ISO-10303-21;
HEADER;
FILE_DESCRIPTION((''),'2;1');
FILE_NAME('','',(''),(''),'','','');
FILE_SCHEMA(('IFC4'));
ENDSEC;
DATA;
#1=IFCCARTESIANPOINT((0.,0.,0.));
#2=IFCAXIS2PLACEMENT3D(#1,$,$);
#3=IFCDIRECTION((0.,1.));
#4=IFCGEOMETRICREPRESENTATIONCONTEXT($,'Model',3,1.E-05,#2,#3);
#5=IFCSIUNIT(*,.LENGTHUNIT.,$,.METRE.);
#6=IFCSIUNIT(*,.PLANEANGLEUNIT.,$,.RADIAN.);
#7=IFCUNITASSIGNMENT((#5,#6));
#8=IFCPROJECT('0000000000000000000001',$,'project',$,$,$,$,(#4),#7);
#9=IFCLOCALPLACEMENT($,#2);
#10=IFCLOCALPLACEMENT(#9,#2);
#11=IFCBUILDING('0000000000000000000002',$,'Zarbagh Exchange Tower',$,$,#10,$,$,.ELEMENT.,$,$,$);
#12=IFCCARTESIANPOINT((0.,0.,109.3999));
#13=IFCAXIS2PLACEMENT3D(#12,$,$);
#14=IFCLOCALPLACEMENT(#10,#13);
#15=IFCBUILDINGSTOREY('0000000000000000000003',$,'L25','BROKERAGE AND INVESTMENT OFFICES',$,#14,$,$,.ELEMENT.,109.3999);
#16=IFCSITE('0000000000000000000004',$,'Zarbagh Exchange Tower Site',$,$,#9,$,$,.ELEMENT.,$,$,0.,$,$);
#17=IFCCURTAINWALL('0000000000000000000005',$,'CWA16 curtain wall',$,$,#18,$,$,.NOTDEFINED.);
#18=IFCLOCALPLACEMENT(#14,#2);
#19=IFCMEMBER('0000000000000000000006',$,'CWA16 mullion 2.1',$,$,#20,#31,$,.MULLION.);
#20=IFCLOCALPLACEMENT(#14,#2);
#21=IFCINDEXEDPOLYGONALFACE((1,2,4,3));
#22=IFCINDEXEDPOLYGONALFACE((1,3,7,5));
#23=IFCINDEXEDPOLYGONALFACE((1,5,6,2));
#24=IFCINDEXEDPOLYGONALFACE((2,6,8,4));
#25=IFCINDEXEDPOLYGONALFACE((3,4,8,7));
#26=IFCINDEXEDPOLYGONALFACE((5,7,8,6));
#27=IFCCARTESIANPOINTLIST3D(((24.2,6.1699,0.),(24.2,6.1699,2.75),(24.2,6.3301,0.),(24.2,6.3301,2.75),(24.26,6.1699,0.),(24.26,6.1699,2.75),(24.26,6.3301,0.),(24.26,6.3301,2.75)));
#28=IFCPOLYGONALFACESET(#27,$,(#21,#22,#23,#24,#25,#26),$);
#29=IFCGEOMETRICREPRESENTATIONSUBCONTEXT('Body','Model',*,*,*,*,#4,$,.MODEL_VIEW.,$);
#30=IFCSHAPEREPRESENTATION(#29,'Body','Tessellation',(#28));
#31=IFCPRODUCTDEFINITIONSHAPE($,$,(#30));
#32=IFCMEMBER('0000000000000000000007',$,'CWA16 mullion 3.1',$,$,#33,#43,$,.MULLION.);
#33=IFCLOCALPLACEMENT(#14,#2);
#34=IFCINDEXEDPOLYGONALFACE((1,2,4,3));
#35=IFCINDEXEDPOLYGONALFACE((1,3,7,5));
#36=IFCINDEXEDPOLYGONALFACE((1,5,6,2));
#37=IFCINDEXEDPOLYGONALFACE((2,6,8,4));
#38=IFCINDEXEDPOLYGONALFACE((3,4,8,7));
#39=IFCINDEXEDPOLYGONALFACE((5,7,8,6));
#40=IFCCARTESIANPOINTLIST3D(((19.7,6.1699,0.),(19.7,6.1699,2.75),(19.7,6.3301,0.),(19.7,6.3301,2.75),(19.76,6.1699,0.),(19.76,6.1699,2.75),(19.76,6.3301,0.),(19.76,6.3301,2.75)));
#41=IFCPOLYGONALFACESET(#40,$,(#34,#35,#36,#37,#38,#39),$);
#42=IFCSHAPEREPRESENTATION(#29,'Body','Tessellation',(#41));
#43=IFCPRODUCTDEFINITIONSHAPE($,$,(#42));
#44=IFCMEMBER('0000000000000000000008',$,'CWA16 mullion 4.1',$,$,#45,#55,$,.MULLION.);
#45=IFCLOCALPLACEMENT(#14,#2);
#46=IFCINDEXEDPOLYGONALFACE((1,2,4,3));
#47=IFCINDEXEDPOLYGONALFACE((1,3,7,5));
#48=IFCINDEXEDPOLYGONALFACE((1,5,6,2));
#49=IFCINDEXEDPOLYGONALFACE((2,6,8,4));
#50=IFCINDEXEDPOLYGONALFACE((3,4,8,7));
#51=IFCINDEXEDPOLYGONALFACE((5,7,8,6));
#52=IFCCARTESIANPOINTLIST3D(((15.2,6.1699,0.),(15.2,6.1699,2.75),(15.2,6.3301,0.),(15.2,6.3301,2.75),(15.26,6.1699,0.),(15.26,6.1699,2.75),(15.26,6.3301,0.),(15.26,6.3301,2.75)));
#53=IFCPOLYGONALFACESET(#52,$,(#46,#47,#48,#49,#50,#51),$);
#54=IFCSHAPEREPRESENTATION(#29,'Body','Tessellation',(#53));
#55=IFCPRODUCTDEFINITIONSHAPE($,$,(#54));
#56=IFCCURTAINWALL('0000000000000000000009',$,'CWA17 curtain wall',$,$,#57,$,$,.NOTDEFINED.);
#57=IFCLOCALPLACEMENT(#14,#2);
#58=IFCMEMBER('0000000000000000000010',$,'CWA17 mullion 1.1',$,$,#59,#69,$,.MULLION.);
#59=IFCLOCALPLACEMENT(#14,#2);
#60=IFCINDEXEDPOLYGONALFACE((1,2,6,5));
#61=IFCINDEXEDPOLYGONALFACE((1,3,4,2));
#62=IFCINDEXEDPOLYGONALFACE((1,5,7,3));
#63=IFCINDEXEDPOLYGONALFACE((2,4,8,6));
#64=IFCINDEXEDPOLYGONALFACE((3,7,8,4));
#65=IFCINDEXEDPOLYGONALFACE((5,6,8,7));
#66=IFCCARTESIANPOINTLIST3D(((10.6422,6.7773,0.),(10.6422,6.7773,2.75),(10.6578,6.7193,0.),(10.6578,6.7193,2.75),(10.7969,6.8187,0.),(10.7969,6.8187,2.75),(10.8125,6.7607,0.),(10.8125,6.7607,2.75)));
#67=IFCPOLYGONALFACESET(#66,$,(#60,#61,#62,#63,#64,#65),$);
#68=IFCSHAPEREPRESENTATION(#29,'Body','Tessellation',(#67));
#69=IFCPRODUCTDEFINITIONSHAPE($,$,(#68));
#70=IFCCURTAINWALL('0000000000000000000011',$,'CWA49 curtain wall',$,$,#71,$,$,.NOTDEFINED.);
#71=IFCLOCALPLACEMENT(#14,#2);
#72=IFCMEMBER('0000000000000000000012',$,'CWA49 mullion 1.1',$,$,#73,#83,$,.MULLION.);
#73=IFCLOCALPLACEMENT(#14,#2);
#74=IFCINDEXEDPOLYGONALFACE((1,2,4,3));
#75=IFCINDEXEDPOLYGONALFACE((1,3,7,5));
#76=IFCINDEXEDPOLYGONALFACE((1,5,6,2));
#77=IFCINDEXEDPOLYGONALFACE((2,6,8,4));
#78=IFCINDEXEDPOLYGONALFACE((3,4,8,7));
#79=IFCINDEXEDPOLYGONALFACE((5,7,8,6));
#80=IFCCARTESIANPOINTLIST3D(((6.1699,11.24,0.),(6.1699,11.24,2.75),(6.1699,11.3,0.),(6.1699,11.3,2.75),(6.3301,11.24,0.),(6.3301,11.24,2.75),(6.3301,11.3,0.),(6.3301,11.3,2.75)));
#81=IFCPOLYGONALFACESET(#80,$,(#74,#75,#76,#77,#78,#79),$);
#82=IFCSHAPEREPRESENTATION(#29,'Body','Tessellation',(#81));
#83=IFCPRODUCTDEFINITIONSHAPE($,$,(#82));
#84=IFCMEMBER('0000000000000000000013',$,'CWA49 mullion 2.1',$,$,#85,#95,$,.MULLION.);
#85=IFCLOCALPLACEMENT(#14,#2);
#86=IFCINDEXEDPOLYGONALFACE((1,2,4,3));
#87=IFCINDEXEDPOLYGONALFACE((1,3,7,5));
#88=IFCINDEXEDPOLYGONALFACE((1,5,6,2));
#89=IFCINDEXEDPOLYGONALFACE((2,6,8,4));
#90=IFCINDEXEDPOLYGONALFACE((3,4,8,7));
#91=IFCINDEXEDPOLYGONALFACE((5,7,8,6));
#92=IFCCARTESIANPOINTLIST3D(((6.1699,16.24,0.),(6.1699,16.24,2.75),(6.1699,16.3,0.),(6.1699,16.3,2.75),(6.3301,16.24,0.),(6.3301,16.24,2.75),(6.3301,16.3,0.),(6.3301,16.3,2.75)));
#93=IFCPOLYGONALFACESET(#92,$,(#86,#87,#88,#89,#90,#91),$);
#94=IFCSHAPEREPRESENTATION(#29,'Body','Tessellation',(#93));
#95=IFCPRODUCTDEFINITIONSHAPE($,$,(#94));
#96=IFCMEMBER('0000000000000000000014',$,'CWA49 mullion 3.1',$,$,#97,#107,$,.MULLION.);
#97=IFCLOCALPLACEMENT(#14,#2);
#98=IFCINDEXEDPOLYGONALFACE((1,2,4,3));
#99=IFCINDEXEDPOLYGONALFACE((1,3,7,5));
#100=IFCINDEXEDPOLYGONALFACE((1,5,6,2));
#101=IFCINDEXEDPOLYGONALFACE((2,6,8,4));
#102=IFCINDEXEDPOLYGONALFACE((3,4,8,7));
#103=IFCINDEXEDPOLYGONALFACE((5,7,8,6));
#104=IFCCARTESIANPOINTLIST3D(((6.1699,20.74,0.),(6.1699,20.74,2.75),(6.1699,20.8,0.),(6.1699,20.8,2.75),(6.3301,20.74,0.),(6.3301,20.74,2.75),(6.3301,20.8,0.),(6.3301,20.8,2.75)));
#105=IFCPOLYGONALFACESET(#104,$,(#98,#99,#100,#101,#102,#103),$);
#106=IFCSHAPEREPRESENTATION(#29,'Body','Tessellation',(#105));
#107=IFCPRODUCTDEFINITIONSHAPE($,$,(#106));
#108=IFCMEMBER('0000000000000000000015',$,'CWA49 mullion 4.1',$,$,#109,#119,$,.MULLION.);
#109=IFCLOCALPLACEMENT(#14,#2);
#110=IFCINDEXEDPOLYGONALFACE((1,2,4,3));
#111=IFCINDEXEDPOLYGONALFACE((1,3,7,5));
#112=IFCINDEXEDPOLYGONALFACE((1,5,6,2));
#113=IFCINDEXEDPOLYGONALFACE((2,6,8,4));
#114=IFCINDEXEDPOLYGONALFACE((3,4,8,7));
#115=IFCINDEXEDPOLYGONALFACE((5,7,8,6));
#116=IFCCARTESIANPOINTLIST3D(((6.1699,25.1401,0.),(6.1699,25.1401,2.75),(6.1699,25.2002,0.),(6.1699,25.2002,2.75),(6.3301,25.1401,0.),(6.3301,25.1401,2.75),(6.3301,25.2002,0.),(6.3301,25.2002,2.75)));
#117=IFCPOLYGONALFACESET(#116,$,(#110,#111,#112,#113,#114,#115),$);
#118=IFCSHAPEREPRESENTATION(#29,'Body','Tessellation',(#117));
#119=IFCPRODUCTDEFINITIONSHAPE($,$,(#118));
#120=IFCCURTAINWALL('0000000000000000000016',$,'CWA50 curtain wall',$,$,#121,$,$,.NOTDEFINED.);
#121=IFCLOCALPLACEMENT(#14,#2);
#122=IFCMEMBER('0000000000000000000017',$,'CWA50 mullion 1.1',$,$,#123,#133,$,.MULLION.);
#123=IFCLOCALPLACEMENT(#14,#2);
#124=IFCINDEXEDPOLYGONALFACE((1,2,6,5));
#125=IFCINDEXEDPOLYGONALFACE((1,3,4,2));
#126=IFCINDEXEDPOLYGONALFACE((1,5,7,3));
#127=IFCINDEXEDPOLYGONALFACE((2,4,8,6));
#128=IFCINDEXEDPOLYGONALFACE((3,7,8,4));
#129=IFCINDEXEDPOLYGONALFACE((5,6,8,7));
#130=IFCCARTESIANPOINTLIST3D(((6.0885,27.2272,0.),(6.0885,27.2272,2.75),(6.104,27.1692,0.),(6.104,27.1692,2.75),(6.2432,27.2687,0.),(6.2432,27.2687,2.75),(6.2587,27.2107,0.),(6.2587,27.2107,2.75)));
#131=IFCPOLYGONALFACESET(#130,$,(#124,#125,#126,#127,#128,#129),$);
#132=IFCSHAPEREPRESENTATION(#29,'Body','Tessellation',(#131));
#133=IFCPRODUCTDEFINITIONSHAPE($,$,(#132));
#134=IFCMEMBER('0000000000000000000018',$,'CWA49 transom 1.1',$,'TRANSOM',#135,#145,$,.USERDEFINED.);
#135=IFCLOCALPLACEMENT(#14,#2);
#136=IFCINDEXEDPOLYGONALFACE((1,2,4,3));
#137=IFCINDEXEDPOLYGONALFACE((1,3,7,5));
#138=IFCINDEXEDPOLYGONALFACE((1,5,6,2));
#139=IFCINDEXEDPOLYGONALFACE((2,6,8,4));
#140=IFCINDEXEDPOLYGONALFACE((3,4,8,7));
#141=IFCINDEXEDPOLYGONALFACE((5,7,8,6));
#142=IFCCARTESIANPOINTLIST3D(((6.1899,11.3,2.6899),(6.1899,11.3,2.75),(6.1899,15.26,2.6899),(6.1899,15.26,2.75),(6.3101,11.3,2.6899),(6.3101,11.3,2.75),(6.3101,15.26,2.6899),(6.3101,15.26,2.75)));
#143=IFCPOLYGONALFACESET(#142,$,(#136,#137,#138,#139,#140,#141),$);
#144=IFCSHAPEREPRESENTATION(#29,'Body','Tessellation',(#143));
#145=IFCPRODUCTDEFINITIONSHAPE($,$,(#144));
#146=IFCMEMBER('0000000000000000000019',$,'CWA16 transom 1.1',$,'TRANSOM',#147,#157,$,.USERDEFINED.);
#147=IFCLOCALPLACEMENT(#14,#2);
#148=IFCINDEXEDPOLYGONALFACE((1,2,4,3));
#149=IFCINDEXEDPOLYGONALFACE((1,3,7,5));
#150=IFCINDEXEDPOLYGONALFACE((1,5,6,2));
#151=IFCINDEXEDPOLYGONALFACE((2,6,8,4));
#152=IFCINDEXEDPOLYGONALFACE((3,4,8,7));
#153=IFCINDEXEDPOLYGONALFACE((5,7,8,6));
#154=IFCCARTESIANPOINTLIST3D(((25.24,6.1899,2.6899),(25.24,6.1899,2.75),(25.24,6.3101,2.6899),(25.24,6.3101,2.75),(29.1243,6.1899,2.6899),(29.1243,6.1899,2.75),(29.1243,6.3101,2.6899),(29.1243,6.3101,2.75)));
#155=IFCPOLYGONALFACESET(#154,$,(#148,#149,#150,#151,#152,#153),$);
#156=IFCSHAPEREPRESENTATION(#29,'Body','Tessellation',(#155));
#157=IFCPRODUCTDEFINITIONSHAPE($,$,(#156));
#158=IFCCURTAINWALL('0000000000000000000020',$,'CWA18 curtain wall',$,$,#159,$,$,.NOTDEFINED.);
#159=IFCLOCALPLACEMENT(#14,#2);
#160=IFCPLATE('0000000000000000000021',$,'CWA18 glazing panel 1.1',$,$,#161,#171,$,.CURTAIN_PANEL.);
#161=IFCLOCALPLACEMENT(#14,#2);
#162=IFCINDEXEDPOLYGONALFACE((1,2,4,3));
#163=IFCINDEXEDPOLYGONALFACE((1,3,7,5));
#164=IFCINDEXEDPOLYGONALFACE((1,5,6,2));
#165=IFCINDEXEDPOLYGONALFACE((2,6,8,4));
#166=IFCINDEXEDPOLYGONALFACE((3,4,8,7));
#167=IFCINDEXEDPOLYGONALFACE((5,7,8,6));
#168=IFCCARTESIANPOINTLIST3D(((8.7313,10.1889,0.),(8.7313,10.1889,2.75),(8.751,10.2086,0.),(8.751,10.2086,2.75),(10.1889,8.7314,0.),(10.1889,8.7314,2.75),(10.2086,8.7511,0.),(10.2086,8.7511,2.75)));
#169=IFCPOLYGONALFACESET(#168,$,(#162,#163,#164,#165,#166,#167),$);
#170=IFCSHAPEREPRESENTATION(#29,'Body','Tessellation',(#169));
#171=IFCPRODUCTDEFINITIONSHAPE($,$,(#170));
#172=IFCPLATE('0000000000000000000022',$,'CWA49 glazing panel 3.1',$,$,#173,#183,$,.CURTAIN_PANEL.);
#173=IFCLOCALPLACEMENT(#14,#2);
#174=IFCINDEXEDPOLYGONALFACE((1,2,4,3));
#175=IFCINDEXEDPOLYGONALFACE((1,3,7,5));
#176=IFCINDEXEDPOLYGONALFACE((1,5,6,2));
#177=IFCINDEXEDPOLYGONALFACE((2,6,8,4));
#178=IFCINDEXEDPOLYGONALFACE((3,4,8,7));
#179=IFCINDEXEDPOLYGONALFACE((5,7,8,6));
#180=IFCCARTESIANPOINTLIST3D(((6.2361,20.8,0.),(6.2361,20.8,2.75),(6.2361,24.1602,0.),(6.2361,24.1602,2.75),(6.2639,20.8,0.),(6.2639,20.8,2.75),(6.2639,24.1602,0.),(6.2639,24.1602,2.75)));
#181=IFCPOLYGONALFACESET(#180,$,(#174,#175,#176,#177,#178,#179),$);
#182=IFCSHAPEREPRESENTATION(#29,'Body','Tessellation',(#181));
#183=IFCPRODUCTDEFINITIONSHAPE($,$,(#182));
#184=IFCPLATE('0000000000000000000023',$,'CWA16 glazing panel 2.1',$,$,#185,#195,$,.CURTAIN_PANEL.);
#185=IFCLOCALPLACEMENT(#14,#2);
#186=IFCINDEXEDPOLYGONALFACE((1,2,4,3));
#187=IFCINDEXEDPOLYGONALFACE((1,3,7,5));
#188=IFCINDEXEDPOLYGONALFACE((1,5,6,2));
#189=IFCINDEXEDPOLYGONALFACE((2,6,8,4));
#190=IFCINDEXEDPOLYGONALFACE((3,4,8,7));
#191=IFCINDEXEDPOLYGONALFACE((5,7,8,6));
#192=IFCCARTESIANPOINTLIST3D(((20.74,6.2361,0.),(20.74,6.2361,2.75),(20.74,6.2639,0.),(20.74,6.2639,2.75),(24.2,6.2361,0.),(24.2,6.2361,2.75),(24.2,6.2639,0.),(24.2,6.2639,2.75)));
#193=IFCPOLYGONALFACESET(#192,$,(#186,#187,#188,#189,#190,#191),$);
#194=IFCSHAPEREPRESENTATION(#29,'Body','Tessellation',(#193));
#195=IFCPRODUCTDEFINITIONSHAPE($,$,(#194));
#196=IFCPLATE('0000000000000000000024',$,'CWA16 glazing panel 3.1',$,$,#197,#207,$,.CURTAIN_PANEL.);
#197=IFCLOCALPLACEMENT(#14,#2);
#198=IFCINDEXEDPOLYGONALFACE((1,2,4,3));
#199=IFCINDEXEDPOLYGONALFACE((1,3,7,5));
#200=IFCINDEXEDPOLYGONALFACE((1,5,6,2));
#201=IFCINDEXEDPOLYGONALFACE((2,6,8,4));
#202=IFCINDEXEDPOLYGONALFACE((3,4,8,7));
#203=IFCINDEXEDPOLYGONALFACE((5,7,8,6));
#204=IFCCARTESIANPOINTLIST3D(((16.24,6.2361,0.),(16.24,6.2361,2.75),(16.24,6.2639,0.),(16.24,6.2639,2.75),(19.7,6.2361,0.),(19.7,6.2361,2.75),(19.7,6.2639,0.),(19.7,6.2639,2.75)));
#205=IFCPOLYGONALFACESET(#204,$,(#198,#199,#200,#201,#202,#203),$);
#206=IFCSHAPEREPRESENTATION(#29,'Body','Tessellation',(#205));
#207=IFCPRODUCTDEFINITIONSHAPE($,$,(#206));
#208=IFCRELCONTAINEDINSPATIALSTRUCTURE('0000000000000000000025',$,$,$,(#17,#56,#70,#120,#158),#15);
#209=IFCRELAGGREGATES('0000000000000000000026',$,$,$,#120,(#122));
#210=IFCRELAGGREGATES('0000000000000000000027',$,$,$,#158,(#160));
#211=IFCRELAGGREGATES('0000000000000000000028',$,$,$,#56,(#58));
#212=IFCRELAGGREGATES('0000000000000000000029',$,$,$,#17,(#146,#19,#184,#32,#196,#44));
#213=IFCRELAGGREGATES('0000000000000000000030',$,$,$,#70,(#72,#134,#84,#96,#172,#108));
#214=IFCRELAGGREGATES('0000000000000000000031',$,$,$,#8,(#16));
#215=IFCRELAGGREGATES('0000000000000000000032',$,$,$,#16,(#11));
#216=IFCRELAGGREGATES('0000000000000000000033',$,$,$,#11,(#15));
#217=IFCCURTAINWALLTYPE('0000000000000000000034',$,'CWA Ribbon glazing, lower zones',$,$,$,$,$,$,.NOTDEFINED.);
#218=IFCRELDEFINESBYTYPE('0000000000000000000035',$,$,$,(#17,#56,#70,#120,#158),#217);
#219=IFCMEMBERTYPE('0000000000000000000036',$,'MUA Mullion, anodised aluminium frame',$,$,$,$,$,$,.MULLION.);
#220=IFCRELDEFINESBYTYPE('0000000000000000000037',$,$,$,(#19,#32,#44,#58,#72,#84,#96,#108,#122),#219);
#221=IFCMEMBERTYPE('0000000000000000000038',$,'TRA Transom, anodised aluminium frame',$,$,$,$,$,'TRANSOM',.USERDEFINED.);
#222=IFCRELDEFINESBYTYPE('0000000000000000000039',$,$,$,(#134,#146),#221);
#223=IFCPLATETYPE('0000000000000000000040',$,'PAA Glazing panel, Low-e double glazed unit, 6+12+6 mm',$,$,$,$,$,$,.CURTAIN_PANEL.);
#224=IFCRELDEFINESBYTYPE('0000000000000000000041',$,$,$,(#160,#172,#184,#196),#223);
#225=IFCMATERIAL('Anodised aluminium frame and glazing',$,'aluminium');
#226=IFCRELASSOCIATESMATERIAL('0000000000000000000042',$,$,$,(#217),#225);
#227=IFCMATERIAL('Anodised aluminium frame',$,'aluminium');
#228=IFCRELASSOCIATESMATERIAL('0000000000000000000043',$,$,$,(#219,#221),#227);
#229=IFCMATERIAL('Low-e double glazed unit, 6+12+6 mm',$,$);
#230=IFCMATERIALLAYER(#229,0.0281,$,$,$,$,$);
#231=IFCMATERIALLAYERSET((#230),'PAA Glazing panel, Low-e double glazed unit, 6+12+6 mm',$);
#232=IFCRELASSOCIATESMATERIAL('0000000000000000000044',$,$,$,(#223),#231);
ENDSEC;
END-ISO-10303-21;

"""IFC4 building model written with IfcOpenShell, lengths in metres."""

from ifc_helpers import new_model, si_unit, direction, frame, origin, place, context, subcontext, project, spatial, polyline, outline, extrude, source, transform, mapped, material, layer, layer_set, type_object, element, aggregate, save


model = new_model("IFC4")

# Units and contexts
model_context = context("Model", 3, precision=1e-05, world=origin(), true_north=direction((0.0, 1.0)))
body_context = subcontext(model_context, "Body", "Model", "MODEL_VIEW")
ifc_project = project(units=[si_unit("LENGTHUNIT", "METRE"), si_unit("PLANEANGLEUNIT", "RADIAN")], contexts=[model_context])

# Site, building, storey
site_placement = place(None, origin())
site = spatial("IfcSite", under=ifc_project, at=site_placement, Name="Zarbagh Exchange Tower Site", CompositionType="ELEMENT", RefElevation=0.0)
building_placement = place(site_placement, origin())
building = spatial("IfcBuilding", under=site, at=building_placement, Name="Zarbagh Exchange Tower", CompositionType="ELEMENT")
storey_placement = place(building_placement, frame((0.0, 0.0, 109.3999)))
storey = spatial("IfcBuildingStorey", under=building, at=storey_placement, Name="L25", Description="BROKERAGE AND INVESTMENT OFFICES", CompositionType="ELEMENT", Elevation=109.3999)

# Curtain wall, members
ifc_material_1 = material(Name="Anodised aluminium frame and glazing", Category="aluminium")
curtain_wall_type = type_object("IfcCurtainWallType", Name="CWA Ribbon glazing, lower zones", PredefinedType="NOTDEFINED", material=ifc_material_1)
curtain_wall_1_placement = place(storey_placement, origin())
curtain_wall_1 = element("IfcCurtainWall", 1, at=curtain_wall_1_placement, inside=storey, type_object=curtain_wall_type, Name="CWA16 curtain wall", PredefinedType="NOTDEFINED")
ifc_material_2 = material(Name="Anodised aluminium frame", Category="aluminium")
member_type_1 = type_object("IfcMemberType", Name="MUA Mullion, anodised aluminium frame", PredefinedType="MULLION", material=ifc_material_2)
shared_shape_1 = source(origin(), body_context, "Body", "SweptSolid", [
    extrude(outline(polyline([(0.0, -0.0801), (0.0601, -0.0801), (0.0601, 0.0801), (0.0, 0.0801), (0.0, -0.0801)])), origin(), (0.0, 0.0, 1.0), 2.75),
])
placement = place(storey_placement, origin())
member_1 = element("IfcMember", 2, at=placement, type_object=member_type_1, Name="CWA16 mullion 2.1", PredefinedType="MULLION", context=body_context, shape_type="MappedRepresentation", body=[
    mapped(shared_shape_1, transform((24.26, 6.25, 0.0), x_axis=(-1.0, 0.0, 0.0), y_axis=(0.0, -1.0, 0.0), z_axis=(0.0, 0.0, 1.0))),
])
member_2 = element("IfcMember", 3, at=placement, type_object=member_type_1, Name="CWA16 mullion 3.1", PredefinedType="MULLION", context=body_context, shape_type="MappedRepresentation", body=[
    mapped(shared_shape_1, transform((19.76, 6.25, 0.0), x_axis=(-1.0, 0.0, 0.0), y_axis=(0.0, -1.0, 0.0), z_axis=(0.0, 0.0, 1.0))),
])
member_3 = element("IfcMember", 4, at=placement, type_object=member_type_1, Name="CWA16 mullion 4.1", PredefinedType="MULLION", context=body_context, shape_type="MappedRepresentation", body=[
    mapped(shared_shape_1, transform((15.26, 6.25, 0.0), x_axis=(-1.0, 0.0, 0.0), y_axis=(0.0, -1.0, 0.0), z_axis=(0.0, 0.0, 1.0))),
])

# Curtain wall, member
curtain_wall_2_placement = place(storey_placement, origin())
curtain_wall_2 = element("IfcCurtainWall", 5, at=curtain_wall_2_placement, inside=storey, type_object=curtain_wall_type, Name="CWA17 curtain wall", PredefinedType="NOTDEFINED")
member_4 = element("IfcMember", 6, at=placement, type_object=member_type_1, Name="CWA17 mullion 1.1", PredefinedType="MULLION", context=body_context, shape_type="MappedRepresentation", body=[
    mapped(shared_shape_1, transform((10.7351, 6.74, 0.0), x_axis=(-0.258825, 0.965924, 0.0), y_axis=(-0.965924, -0.258825, 0.0), z_axis=(0.0, 0.0, 1.0))),
])

# Curtain wall, members
curtain_wall_3_placement = place(storey_placement, origin())
curtain_wall_3 = element("IfcCurtainWall", 7, at=curtain_wall_3_placement, inside=storey, type_object=curtain_wall_type, Name="CWA49 curtain wall", PredefinedType="NOTDEFINED")
member_5 = element("IfcMember", 8, at=placement, type_object=member_type_1, Name="CWA49 mullion 1.1", PredefinedType="MULLION", context=body_context, shape_type="MappedRepresentation", body=[
    mapped(shared_shape_1, transform((6.25, 11.24, 0.0), x_axis=(0.0, 1.0, 0.0), y_axis=(-1.0, 0.0, 0.0), z_axis=(0.0, 0.0, 1.0))),
])
member_6 = element("IfcMember", 9, at=placement, type_object=member_type_1, Name="CWA49 mullion 2.1", PredefinedType="MULLION", context=body_context, shape_type="MappedRepresentation", body=[
    mapped(shared_shape_1, transform((6.25, 16.24, 0.0), x_axis=(0.0, 1.0, 0.0), y_axis=(-1.0, 0.0, 0.0), z_axis=(0.0, 0.0, 1.0))),
])
member_7 = element("IfcMember", 10, at=placement, type_object=member_type_1, Name="CWA49 mullion 3.1", PredefinedType="MULLION", context=body_context, shape_type="MappedRepresentation", body=[
    mapped(shared_shape_1, transform((6.25, 20.74, 0.0), x_axis=(0.0, 1.0, 0.0), y_axis=(-1.0, 0.0, 0.0), z_axis=(0.0, 0.0, 1.0))),
])
member_8 = element("IfcMember", 11, at=placement, type_object=member_type_1, Name="CWA49 mullion 4.1", PredefinedType="MULLION", context=body_context, shape_type="MappedRepresentation", body=[
    mapped(shared_shape_1, transform((6.25, 25.1401, 0.0), x_axis=(0.0, 1.0, 0.0), y_axis=(-1.0, 0.0, 0.0), z_axis=(0.0, 0.0, 1.0))),
])

# Curtain wall, member
curtain_wall_4_placement = place(storey_placement, origin())
curtain_wall_4 = element("IfcCurtainWall", 12, at=curtain_wall_4_placement, inside=storey, type_object=curtain_wall_type, Name="CWA50 curtain wall", PredefinedType="NOTDEFINED")
member_9 = element("IfcMember", 13, at=placement, type_object=member_type_1, Name="CWA50 mullion 1.1", PredefinedType="MULLION", context=body_context, shape_type="MappedRepresentation", body=[
    mapped(shared_shape_1, transform((6.1814, 27.1899, 0.0), x_axis=(-0.258825, 0.965924, 0.0), y_axis=(-0.965924, -0.258825, 0.0), z_axis=(0.0, 0.0, 1.0))),
])
aggregate(curtain_wall_4, [member_9])

# Members
member_type_2 = type_object("IfcMemberType", Name="TRA Transom, anodised aluminium frame", ElementType="TRANSOM", PredefinedType="USERDEFINED", material=ifc_material_2)
shared_shape_2 = source(origin(), body_context, "Body", "SweptSolid", [
    extrude(outline(polyline([(-0.0601, -0.0601), (0.0, -0.0601), (0.0, 0.0601), (-0.0601, 0.0601), (-0.0601, -0.0601)])), origin(), (0.0, 0.0, 1.0), 3.96),
])
member_10 = element("IfcMember", 14, at=placement, type_object=member_type_2, Name="CWA49 transom 1.1", ObjectType="TRANSOM", PredefinedType="USERDEFINED", context=body_context, shape_type="MappedRepresentation", body=[
    mapped(shared_shape_2, transform((6.25, 11.3, 2.75), x_axis=(0.0, 0.0, 1.0), y_axis=(1.0, 0.0, 0.0), z_axis=(0.0, 1.0, 0.0))),
])
shared_shape_3 = source(origin(), body_context, "Body", "SweptSolid", [
    extrude(outline(polyline([(-0.0601, -0.0601), (0.0, -0.0601), (0.0, 0.0601), (-0.0601, 0.0601), (-0.0601, -0.0601)])), origin(), (0.0, 0.0, 1.0), 3.8843),
])
member_11 = element("IfcMember", 15, at=placement, type_object=member_type_2, Name="CWA16 transom 1.1", ObjectType="TRANSOM", PredefinedType="USERDEFINED", context=body_context, shape_type="MappedRepresentation", body=[
    mapped(shared_shape_3, transform((29.1243, 6.25, 2.75), x_axis=(0.0, 0.0, 1.0), y_axis=(0.0, 1.0, 0.0), z_axis=(-1.0, 0.0, 0.0))),
])

# Curtain wall, plate
curtain_wall_5_placement = place(storey_placement, origin())
curtain_wall_5 = element("IfcCurtainWall", 16, at=curtain_wall_5_placement, inside=storey, type_object=curtain_wall_type, Name="CWA18 curtain wall", PredefinedType="NOTDEFINED")
ifc_material_3 = material(Name="Low-e double glazed unit, 6+12+6 mm")
ifc_layer_1 = layer(ifc_material_3, 0.0281)
ifc_layer_set_1 = layer_set([ifc_layer_1], Name="PAA Glazing panel, Low-e double glazed unit, 6+12+6 mm")
plate_type = type_object("IfcPlateType", Name="PAA Glazing panel, Low-e double glazed unit, 6+12+6 mm", PredefinedType="CURTAIN_PANEL", material=ifc_layer_set_1)
shared_shape_4 = source(origin(), body_context, "Body", "SweptSolid", [
    extrude(outline(polyline([(0.0, -0.0139), (2.0613, -0.0139), (2.0613, 0.0139), (0.0, 0.0139), (0.0, -0.0139)])), origin(), (0.0, 0.0, 1.0), 2.75),
])
plate_1 = element("IfcPlate", 17, at=placement, type_object=plate_type, Name="CWA18 glazing panel 1.1", PredefinedType="CURTAIN_PANEL", context=body_context, shape_type="MappedRepresentation", body=[
    mapped(shared_shape_4, transform((10.1987, 8.7412, 0.0), x_axis=(-0.707107, 0.707107, 0.0), y_axis=(-0.707107, -0.707107, 0.0), z_axis=(0.0, 0.0, 1.0))),
])
aggregate(curtain_wall_5, [plate_1])

# Plates
shared_shape_5 = source(origin(), body_context, "Body", "SweptSolid", [
    extrude(outline(polyline([(0.0, -0.0139), (3.3601, -0.0139), (3.3601, 0.0139), (0.0, 0.0139), (0.0, -0.0139)])), origin(), (0.0, 0.0, 1.0), 2.75),
])
plate_2 = element("IfcPlate", 18, at=placement, type_object=plate_type, Name="CWA49 glazing panel 3.1", PredefinedType="CURTAIN_PANEL", context=body_context, shape_type="MappedRepresentation", body=[
    mapped(shared_shape_5, transform((6.25, 20.8, 0.0), x_axis=(0.0, 1.0, 0.0), y_axis=(-1.0, 0.0, 0.0), z_axis=(0.0, 0.0, 1.0))),
])
shared_shape_6 = source(origin(), body_context, "Body", "SweptSolid", [
    extrude(outline(polyline([(0.0, -0.0139), (3.46, -0.0139), (3.46, 0.0139), (0.0, 0.0139), (0.0, -0.0139)])), origin(), (0.0, 0.0, 1.0), 2.75),
])
plate_3 = element("IfcPlate", 19, at=placement, type_object=plate_type, Name="CWA16 glazing panel 2.1", PredefinedType="CURTAIN_PANEL", context=body_context, shape_type="MappedRepresentation", body=[
    mapped(shared_shape_6, transform((24.2, 6.25, 0.0), x_axis=(-1.0, 0.0, 0.0), y_axis=(0.0, -1.0, 0.0), z_axis=(0.0, 0.0, 1.0))),
])
plate_4 = element("IfcPlate", 20, at=placement, type_object=plate_type, Name="CWA16 glazing panel 3.1", PredefinedType="CURTAIN_PANEL", context=body_context, shape_type="MappedRepresentation", body=[
    mapped(shared_shape_6, transform((19.7, 6.25, 0.0), x_axis=(-1.0, 0.0, 0.0), y_axis=(0.0, -1.0, 0.0), z_axis=(0.0, 0.0, 1.0))),
])
aggregate(curtain_wall_2, [member_4])

aggregate(curtain_wall_1, [member_11, member_1, plate_3, member_2, plate_4, member_3])
aggregate(curtain_wall_3, [member_5, member_10, member_6, member_7, plate_2, member_8])

save(model, "model.ifc")
